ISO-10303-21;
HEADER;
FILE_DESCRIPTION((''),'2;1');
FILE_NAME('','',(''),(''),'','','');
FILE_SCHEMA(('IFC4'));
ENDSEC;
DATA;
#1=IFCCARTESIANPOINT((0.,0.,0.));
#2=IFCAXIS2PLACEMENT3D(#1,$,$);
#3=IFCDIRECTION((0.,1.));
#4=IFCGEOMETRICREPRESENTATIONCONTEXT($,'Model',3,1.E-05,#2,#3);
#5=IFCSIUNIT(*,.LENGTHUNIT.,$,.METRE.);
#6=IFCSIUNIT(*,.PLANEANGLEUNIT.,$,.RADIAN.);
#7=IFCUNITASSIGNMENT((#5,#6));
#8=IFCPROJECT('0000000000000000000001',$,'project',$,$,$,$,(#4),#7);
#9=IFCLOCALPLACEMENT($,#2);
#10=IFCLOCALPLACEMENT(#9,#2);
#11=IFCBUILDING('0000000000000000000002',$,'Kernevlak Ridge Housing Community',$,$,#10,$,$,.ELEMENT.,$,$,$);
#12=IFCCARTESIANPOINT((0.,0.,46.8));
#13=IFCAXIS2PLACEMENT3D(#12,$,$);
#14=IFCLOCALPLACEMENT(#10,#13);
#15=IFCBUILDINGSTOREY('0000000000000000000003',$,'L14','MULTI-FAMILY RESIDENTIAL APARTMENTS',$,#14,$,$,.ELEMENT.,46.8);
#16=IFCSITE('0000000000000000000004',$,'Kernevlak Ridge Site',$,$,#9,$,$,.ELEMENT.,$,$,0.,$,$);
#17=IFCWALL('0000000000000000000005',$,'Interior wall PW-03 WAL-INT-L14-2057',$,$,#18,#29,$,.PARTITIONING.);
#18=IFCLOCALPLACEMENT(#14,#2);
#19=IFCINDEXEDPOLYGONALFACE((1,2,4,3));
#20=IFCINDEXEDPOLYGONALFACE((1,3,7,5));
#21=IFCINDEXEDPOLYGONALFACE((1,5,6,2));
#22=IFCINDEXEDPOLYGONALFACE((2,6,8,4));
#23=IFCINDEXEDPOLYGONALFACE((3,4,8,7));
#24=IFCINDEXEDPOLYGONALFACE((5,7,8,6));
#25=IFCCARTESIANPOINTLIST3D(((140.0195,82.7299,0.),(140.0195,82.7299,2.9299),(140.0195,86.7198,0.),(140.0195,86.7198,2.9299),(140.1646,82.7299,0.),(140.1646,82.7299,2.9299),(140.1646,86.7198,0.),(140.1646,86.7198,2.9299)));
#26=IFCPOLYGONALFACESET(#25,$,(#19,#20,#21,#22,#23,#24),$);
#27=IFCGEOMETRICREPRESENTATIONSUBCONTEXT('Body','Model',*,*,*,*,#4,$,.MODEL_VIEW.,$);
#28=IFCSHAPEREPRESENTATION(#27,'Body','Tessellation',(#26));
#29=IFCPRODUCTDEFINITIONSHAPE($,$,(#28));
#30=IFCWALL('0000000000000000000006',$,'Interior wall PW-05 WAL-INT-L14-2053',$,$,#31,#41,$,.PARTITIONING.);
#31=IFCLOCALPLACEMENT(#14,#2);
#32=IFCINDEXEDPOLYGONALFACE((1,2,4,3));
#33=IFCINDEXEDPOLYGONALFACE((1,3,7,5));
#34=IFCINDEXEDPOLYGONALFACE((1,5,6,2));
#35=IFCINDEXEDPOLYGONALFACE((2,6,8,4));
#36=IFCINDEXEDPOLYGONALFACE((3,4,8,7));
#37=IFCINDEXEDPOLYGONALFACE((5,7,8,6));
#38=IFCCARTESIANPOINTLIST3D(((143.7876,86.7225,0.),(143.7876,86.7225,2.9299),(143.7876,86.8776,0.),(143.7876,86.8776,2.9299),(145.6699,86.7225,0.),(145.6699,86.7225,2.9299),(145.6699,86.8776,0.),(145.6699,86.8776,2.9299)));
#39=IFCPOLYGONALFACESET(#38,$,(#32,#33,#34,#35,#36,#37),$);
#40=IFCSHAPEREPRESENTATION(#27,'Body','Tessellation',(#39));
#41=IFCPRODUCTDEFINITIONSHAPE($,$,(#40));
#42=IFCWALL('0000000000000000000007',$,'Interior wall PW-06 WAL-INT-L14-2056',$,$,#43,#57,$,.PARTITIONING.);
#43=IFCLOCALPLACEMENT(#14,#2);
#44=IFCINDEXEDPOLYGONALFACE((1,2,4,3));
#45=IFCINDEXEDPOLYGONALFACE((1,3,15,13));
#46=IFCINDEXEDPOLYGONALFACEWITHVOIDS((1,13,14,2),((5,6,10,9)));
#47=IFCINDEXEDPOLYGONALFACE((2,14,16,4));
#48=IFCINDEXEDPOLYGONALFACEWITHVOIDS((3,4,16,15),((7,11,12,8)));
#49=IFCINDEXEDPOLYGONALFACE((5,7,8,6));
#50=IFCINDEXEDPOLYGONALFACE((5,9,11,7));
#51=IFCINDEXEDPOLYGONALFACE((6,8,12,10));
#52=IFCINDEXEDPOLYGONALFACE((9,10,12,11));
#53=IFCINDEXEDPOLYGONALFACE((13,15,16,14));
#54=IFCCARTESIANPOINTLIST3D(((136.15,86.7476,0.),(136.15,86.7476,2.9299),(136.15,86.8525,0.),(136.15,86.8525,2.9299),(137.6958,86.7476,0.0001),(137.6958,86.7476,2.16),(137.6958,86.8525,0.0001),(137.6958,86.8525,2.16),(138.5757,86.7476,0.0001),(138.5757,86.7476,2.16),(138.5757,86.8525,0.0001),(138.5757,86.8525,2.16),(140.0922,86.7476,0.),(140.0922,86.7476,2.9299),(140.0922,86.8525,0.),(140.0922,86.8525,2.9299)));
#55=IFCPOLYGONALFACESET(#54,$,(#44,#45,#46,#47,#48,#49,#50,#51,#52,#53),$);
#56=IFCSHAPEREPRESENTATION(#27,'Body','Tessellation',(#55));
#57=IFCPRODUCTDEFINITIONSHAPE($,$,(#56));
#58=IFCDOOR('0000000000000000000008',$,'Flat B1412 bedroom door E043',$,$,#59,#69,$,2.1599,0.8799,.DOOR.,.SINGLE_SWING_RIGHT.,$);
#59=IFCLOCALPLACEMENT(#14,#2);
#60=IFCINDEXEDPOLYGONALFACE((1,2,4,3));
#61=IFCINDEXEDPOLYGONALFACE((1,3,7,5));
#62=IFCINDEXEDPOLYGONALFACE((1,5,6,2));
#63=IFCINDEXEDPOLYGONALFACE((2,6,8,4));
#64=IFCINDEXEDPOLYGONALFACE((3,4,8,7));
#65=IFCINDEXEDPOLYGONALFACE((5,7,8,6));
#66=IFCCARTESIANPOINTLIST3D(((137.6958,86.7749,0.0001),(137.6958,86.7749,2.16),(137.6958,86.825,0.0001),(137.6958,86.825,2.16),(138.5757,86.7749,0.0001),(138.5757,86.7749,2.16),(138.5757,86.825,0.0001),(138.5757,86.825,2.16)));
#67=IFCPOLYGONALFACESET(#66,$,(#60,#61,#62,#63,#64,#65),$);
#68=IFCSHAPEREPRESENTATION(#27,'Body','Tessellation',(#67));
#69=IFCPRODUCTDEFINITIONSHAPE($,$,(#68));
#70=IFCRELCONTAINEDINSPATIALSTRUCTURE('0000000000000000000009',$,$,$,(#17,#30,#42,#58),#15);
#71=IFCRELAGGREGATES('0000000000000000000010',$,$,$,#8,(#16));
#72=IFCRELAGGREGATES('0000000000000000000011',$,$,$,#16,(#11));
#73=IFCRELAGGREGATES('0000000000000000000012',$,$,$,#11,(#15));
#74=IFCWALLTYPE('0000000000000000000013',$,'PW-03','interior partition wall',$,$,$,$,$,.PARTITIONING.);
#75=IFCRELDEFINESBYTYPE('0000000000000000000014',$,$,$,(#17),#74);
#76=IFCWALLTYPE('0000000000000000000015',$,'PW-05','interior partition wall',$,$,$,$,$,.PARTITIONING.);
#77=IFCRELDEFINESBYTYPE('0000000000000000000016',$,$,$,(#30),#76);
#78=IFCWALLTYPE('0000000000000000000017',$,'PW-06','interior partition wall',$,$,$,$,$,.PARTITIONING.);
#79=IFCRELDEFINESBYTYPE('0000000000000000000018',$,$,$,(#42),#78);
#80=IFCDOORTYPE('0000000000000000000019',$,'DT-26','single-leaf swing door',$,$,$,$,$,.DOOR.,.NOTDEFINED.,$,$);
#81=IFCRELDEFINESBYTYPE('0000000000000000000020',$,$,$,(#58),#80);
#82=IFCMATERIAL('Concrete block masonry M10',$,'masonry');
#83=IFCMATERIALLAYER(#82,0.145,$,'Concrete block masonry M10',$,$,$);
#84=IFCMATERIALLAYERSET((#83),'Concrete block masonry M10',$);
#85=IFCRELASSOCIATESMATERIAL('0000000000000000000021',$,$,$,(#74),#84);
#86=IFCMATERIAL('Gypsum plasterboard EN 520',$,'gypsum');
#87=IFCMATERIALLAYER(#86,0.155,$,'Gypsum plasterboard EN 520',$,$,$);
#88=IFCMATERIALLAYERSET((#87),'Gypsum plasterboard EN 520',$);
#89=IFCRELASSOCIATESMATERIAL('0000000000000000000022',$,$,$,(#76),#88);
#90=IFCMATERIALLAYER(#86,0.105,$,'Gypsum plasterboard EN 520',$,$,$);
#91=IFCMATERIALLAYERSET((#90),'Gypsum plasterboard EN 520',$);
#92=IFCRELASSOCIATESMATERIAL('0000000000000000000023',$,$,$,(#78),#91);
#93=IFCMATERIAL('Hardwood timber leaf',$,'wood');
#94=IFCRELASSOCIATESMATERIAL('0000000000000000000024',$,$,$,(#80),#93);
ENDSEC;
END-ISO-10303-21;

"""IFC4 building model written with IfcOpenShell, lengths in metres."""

from ifc_helpers import new_model, si_unit, direction, frame, frame_2d, origin, place, context, subcontext, project, spatial, rectangle, extrude, material, layer, layer_set, type_object, element, fill, save


model = new_model("IFC4")

# Units and contexts
model_context = context("Model", 3, precision=1e-05, world=origin(), true_north=direction((0.0, 1.0)))
body_context = subcontext(model_context, "Body", "Model", "MODEL_VIEW")
ifc_project = project(units=[si_unit("LENGTHUNIT", "METRE"), si_unit("PLANEANGLEUNIT", "RADIAN")], contexts=[model_context])

# Site, building, storey
site_placement = place(None, origin())
site = spatial("IfcSite", under=ifc_project, at=site_placement, Name="Kernevlak Ridge Site", CompositionType="ELEMENT", RefElevation=0.0)
building_placement = place(site_placement, origin())
building = spatial("IfcBuilding", under=site, at=building_placement, Name="Kernevlak Ridge Housing Community", CompositionType="ELEMENT")
storey_placement = place(building_placement, frame((0.0, 0.0, 46.8)))
storey = spatial("IfcBuildingStorey", under=building, at=storey_placement, Name="L14", Description="MULTI-FAMILY RESIDENTIAL APARTMENTS", CompositionType="ELEMENT", Elevation=46.8)

# Shared definitions
ifc_material_1 = material(Name="Concrete block masonry M10", Category="masonry")

# Shared definitions
ifc_layer_1 = layer(ifc_material_1, 0.145, Name="Concrete block masonry M10")
ifc_layer_set_1 = layer_set([ifc_layer_1], Name="Concrete block masonry M10")
wall_type_1 = type_object("IfcWallType", Name="PW-03", Description="interior partition wall", PredefinedType="PARTITIONING", material=ifc_layer_set_1)
ifc_material_2 = material(Name="Hardwood timber leaf", Category="wood")

# Wall
wall_1_placement = place(storey_placement, frame((140.092, 86.72, 0.0), z_axis=(0.0, 0.0, 1.0), x_axis=(0.0, -1.0, 0.0)))
element("IfcWall", 1, at=wall_1_placement, inside=storey, type_object=wall_type_1, Name="Interior wall PW-03 WAL-INT-L14-2057", PredefinedType="PARTITIONING", context=body_context, shape_type="SweptSolid", body=[
    extrude(rectangle(XDim=3.99, YDim=0.145, at=frame_2d((1.9951, 0.0))), origin(), (0.0, 0.0, 1.0), 2.9299),
])

# Shared definitions
ifc_material_3 = material(Name="Gypsum plasterboard EN 520", Category="gypsum")
ifc_layer_2 = layer(ifc_material_3, 0.155, Name="Gypsum plasterboard EN 520")
ifc_layer_set_2 = layer_set([ifc_layer_2], Name="Gypsum plasterboard EN 520")
wall_type_2 = type_object("IfcWallType", Name="PW-05", Description="interior partition wall", PredefinedType="PARTITIONING", material=ifc_layer_set_2)

# Wall
wall_2_placement = place(storey_placement, frame((143.7876, 86.8, 0.0), z_axis=(0.0, 0.0, 1.0), x_axis=(1.0, 0.0, 0.0)))
element("IfcWall", 2, at=wall_2_placement, inside=storey, type_object=wall_type_2, Name="Interior wall PW-05 WAL-INT-L14-2053", PredefinedType="PARTITIONING", context=body_context, shape_type="SweptSolid", body=[
    extrude(rectangle(XDim=1.8823, YDim=0.155, at=frame_2d((0.9412, 0.0))), origin(), (0.0, 0.0, 1.0), 2.9299),
])

# Wall, opening, door
ifc_layer_3 = layer(ifc_material_3, 0.105, Name="Gypsum plasterboard EN 520")
ifc_layer_set_3 = layer_set([ifc_layer_3], Name="Gypsum plasterboard EN 520")
wall_type_3 = type_object("IfcWallType", Name="PW-06", Description="interior partition wall", PredefinedType="PARTITIONING", material=ifc_layer_set_3)
wall_3_placement = place(storey_placement, frame((136.1499, 86.8, 0.0), z_axis=(0.0, 0.0, 1.0), x_axis=(1.0, 0.0, 0.0)))
wall_3 = element("IfcWall", 3, at=wall_3_placement, inside=storey, type_object=wall_type_3, Name="Interior wall PW-06 WAL-INT-L14-2056", PredefinedType="PARTITIONING", context=body_context, shape_type="SweptSolid", body=[
    extrude(rectangle(XDim=3.9421, YDim=0.105, at=frame_2d((1.9712, 0.0))), origin(), (0.0, 0.0, 1.0), 2.9299),
])
opening_1_placement = place(wall_3_placement, frame((1.5459, 0.0, 0.0)))
opening_1 = element("IfcOpeningElement", 4, at=opening_1_placement, cuts=wall_3, PredefinedType="OPENING", context=body_context, shape_type="SweptSolid", body=[
    extrude(rectangle(XDim=0.8799, YDim=2.1599, at=frame_2d((0.4399, 1.0801))), frame((0.0, 0.0625, 0.0), z_axis=(0.0, -1.0, 0.0), x_axis=(1.0, 0.0, 0.0)), (0.0, 0.0, 1.0), 0.125),
])
door_type_1 = type_object("IfcDoorType", Name="DT-26", Description="single-leaf swing door", OperationType="NOTDEFINED", PredefinedType="DOOR", material=ifc_material_2)
door_1_placement = place(opening_1_placement, origin())
door_1 = element("IfcDoor", 5, at=door_1_placement, inside=storey, type_object=door_type_1, Name="Flat B1412 bedroom door E043", OperationType="SINGLE_SWING_RIGHT", OverallHeight=2.1599, OverallWidth=0.8799, PredefinedType="DOOR", context=body_context, shape_type="SweptSolid", body=[
    extrude(rectangle(XDim=0.8799, YDim=2.1599, at=frame_2d((0.4399, 1.0801))), frame((0.0, 0.0249, 0.0), z_axis=(0.0, -1.0, 0.0), x_axis=(1.0, 0.0, 0.0)), (0.0, 0.0, 1.0), 0.05),
])
fill(opening_1, door_1)

save(model, "model.ifc")
